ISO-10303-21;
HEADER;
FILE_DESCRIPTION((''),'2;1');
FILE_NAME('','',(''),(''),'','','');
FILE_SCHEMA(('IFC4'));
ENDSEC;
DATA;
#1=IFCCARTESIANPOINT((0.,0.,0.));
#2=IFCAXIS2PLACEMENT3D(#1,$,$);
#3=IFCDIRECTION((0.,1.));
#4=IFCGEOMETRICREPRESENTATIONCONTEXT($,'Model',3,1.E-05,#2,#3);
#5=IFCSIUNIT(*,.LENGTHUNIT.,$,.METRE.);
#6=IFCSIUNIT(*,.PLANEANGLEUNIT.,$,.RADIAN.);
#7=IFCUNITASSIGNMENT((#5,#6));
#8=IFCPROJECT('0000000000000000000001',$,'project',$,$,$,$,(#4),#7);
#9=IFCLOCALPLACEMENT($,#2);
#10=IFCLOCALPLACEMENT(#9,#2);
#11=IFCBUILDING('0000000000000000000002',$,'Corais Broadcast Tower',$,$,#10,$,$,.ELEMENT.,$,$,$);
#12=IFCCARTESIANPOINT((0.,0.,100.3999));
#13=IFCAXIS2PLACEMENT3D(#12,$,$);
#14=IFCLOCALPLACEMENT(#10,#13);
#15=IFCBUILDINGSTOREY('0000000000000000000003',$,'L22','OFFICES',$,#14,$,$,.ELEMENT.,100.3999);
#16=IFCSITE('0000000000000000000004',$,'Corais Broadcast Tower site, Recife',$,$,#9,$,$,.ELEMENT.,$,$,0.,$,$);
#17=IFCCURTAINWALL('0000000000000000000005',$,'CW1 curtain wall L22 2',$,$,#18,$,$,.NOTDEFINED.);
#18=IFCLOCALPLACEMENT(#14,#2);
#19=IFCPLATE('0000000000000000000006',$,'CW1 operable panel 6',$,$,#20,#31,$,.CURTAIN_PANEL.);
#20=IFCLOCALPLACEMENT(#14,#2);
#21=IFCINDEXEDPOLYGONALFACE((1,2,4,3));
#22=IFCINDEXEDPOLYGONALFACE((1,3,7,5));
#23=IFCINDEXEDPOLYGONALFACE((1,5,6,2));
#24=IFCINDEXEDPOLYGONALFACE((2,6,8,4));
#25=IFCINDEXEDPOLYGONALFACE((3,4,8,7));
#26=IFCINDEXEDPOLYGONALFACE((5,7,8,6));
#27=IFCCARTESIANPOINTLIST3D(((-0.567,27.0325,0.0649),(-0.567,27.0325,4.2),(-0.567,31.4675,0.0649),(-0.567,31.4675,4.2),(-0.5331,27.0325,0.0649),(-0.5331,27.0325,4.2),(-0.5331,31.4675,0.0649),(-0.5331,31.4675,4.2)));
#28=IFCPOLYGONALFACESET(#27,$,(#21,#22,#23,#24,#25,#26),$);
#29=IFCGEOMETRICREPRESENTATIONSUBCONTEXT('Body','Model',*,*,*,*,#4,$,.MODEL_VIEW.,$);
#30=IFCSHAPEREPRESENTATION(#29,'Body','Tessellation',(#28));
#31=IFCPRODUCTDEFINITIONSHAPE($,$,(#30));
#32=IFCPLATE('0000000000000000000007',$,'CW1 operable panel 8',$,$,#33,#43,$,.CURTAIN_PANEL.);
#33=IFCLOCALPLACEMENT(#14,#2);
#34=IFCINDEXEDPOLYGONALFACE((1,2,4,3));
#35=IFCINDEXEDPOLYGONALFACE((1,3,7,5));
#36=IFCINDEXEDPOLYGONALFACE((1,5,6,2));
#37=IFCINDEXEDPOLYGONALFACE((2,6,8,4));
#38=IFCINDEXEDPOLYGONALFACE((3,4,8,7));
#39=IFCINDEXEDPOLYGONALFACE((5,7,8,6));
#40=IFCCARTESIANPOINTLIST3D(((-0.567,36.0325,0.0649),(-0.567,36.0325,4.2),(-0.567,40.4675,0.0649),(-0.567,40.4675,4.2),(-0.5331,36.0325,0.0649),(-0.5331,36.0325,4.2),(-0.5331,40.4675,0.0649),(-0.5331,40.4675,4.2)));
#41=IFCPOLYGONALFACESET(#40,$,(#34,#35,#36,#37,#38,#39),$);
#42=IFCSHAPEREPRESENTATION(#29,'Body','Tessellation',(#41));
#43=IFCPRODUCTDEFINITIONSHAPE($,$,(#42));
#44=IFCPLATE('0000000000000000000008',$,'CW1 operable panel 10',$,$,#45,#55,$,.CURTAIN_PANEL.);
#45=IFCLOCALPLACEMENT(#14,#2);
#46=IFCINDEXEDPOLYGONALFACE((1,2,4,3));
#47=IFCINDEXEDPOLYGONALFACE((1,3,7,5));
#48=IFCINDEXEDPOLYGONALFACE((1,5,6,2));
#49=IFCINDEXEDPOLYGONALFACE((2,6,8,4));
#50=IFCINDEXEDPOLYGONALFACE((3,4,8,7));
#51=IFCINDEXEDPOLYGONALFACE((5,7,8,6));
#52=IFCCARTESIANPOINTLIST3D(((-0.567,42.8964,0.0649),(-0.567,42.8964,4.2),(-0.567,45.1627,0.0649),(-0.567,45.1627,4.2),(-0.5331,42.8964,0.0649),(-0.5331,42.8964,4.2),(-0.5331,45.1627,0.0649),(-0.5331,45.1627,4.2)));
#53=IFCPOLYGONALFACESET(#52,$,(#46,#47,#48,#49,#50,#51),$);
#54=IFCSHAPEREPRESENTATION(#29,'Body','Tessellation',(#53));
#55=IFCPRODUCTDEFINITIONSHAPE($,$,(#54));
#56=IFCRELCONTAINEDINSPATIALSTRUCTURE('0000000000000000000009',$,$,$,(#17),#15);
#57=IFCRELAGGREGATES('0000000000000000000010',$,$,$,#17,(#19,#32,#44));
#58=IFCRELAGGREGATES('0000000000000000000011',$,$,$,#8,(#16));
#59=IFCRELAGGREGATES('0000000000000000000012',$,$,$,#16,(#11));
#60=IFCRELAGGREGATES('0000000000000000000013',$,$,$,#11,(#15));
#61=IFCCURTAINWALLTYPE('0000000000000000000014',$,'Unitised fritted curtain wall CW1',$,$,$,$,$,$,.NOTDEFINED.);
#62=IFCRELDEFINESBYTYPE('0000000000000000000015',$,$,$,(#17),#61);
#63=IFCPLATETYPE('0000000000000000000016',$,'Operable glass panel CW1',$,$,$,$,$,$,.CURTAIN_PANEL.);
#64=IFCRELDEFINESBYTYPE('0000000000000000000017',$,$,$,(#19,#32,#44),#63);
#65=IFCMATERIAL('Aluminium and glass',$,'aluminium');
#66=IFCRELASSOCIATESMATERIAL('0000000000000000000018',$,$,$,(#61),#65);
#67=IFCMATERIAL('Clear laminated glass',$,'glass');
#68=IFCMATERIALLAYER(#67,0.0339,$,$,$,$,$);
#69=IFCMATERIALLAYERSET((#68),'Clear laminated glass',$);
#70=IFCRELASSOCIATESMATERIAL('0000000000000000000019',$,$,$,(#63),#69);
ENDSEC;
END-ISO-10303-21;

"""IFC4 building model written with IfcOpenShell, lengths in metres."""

from ifc_helpers import new_model, si_unit, direction, frame, origin, origin_2d, place, context, subcontext, project, spatial, rectangle, extrude, material, layer, layer_set, type_object, element, aggregate, save


model = new_model("IFC4")

# Units and contexts
model_context = context("Model", 3, precision=1e-05, world=origin(), true_north=direction((0.0, 1.0)))
body_context = subcontext(model_context, "Body", "Model", "MODEL_VIEW")
ifc_project = project(units=[si_unit("LENGTHUNIT", "METRE"), si_unit("PLANEANGLEUNIT", "RADIAN")], contexts=[model_context])

# Site, building, storey
site_placement = place(None, origin())
site = spatial("IfcSite", under=ifc_project, at=site_placement, Name="Corais Broadcast Tower site, Recife", CompositionType="ELEMENT", RefElevation=0.0)
building_placement = place(site_placement, origin())
building = spatial("IfcBuilding", under=site, at=building_placement, Name="Corais Broadcast Tower", CompositionType="ELEMENT")
storey_placement = place(building_placement, frame((0.0, 0.0, 100.3999)))
storey = spatial("IfcBuildingStorey", under=building, at=storey_placement, Name="L22", Description="OFFICES", CompositionType="ELEMENT", Elevation=100.3999)

# Curtain wall
ifc_material_1 = material(Name="Aluminium and glass", Category="aluminium")
curtain_wall_type = type_object("IfcCurtainWallType", Name="Unitised fritted curtain wall CW1", PredefinedType="NOTDEFINED", material=ifc_material_1)
curtain_wall_placement = place(storey_placement, origin())
curtain_wall = element("IfcCurtainWall", 1, at=curtain_wall_placement, inside=storey, type_object=curtain_wall_type, Name="CW1 curtain wall L22 2", PredefinedType="NOTDEFINED")

# Plates
ifc_material_2 = material(Name="Clear laminated glass", Category="glass")
ifc_layer_1 = layer(ifc_material_2, 0.0339)
ifc_layer_set_1 = layer_set([ifc_layer_1], Name="Clear laminated glass")
plate_type_1 = type_object("IfcPlateType", Name="Operable glass panel CW1", PredefinedType="CURTAIN_PANEL", material=ifc_layer_set_1)
plate_1_placement = place(storey_placement, frame((-0.55, 29.25, 0.0649), z_axis=(0.0, 0.0, 1.0), x_axis=(0.0, 1.0, 0.0)))
plate_1 = element("IfcPlate", 2, at=plate_1_placement, type_object=plate_type_1, Name="CW1 operable panel 6", PredefinedType="CURTAIN_PANEL", context=body_context, shape_type="SweptSolid", body=[
    extrude(rectangle(XDim=4.4351, YDim=0.0339, at=origin_2d()), origin(), (0.0, 0.0, 1.0), 4.135),
])
plate_2_placement = place(storey_placement, frame((-0.55, 38.25, 0.0649), z_axis=(0.0, 0.0, 1.0), x_axis=(0.0, 1.0, 0.0)))
plate_2 = element("IfcPlate", 3, at=plate_2_placement, type_object=plate_type_1, Name="CW1 operable panel 8", PredefinedType="CURTAIN_PANEL", context=body_context, shape_type="SweptSolid", body=[
    extrude(rectangle(XDim=4.4351, YDim=0.0339, at=origin_2d()), origin(), (0.0, 0.0, 1.0), 4.135),
])
plate_3_placement = place(storey_placement, frame((-0.55, 44.0295, 0.0649), z_axis=(0.0, 0.0, 1.0), x_axis=(0.0, 1.0, 0.0)))
plate_3 = element("IfcPlate", 4, at=plate_3_placement, type_object=plate_type_1, Name="CW1 operable panel 10", PredefinedType="CURTAIN_PANEL", context=body_context, shape_type="SweptSolid", body=[
    extrude(rectangle(XDim=2.2664, YDim=0.0339, at=origin_2d()), origin(), (0.0, 0.0, 1.0), 4.135),
])
aggregate(curtain_wall, [plate_1, plate_2, plate_3])

save(model, "model.ifc")
